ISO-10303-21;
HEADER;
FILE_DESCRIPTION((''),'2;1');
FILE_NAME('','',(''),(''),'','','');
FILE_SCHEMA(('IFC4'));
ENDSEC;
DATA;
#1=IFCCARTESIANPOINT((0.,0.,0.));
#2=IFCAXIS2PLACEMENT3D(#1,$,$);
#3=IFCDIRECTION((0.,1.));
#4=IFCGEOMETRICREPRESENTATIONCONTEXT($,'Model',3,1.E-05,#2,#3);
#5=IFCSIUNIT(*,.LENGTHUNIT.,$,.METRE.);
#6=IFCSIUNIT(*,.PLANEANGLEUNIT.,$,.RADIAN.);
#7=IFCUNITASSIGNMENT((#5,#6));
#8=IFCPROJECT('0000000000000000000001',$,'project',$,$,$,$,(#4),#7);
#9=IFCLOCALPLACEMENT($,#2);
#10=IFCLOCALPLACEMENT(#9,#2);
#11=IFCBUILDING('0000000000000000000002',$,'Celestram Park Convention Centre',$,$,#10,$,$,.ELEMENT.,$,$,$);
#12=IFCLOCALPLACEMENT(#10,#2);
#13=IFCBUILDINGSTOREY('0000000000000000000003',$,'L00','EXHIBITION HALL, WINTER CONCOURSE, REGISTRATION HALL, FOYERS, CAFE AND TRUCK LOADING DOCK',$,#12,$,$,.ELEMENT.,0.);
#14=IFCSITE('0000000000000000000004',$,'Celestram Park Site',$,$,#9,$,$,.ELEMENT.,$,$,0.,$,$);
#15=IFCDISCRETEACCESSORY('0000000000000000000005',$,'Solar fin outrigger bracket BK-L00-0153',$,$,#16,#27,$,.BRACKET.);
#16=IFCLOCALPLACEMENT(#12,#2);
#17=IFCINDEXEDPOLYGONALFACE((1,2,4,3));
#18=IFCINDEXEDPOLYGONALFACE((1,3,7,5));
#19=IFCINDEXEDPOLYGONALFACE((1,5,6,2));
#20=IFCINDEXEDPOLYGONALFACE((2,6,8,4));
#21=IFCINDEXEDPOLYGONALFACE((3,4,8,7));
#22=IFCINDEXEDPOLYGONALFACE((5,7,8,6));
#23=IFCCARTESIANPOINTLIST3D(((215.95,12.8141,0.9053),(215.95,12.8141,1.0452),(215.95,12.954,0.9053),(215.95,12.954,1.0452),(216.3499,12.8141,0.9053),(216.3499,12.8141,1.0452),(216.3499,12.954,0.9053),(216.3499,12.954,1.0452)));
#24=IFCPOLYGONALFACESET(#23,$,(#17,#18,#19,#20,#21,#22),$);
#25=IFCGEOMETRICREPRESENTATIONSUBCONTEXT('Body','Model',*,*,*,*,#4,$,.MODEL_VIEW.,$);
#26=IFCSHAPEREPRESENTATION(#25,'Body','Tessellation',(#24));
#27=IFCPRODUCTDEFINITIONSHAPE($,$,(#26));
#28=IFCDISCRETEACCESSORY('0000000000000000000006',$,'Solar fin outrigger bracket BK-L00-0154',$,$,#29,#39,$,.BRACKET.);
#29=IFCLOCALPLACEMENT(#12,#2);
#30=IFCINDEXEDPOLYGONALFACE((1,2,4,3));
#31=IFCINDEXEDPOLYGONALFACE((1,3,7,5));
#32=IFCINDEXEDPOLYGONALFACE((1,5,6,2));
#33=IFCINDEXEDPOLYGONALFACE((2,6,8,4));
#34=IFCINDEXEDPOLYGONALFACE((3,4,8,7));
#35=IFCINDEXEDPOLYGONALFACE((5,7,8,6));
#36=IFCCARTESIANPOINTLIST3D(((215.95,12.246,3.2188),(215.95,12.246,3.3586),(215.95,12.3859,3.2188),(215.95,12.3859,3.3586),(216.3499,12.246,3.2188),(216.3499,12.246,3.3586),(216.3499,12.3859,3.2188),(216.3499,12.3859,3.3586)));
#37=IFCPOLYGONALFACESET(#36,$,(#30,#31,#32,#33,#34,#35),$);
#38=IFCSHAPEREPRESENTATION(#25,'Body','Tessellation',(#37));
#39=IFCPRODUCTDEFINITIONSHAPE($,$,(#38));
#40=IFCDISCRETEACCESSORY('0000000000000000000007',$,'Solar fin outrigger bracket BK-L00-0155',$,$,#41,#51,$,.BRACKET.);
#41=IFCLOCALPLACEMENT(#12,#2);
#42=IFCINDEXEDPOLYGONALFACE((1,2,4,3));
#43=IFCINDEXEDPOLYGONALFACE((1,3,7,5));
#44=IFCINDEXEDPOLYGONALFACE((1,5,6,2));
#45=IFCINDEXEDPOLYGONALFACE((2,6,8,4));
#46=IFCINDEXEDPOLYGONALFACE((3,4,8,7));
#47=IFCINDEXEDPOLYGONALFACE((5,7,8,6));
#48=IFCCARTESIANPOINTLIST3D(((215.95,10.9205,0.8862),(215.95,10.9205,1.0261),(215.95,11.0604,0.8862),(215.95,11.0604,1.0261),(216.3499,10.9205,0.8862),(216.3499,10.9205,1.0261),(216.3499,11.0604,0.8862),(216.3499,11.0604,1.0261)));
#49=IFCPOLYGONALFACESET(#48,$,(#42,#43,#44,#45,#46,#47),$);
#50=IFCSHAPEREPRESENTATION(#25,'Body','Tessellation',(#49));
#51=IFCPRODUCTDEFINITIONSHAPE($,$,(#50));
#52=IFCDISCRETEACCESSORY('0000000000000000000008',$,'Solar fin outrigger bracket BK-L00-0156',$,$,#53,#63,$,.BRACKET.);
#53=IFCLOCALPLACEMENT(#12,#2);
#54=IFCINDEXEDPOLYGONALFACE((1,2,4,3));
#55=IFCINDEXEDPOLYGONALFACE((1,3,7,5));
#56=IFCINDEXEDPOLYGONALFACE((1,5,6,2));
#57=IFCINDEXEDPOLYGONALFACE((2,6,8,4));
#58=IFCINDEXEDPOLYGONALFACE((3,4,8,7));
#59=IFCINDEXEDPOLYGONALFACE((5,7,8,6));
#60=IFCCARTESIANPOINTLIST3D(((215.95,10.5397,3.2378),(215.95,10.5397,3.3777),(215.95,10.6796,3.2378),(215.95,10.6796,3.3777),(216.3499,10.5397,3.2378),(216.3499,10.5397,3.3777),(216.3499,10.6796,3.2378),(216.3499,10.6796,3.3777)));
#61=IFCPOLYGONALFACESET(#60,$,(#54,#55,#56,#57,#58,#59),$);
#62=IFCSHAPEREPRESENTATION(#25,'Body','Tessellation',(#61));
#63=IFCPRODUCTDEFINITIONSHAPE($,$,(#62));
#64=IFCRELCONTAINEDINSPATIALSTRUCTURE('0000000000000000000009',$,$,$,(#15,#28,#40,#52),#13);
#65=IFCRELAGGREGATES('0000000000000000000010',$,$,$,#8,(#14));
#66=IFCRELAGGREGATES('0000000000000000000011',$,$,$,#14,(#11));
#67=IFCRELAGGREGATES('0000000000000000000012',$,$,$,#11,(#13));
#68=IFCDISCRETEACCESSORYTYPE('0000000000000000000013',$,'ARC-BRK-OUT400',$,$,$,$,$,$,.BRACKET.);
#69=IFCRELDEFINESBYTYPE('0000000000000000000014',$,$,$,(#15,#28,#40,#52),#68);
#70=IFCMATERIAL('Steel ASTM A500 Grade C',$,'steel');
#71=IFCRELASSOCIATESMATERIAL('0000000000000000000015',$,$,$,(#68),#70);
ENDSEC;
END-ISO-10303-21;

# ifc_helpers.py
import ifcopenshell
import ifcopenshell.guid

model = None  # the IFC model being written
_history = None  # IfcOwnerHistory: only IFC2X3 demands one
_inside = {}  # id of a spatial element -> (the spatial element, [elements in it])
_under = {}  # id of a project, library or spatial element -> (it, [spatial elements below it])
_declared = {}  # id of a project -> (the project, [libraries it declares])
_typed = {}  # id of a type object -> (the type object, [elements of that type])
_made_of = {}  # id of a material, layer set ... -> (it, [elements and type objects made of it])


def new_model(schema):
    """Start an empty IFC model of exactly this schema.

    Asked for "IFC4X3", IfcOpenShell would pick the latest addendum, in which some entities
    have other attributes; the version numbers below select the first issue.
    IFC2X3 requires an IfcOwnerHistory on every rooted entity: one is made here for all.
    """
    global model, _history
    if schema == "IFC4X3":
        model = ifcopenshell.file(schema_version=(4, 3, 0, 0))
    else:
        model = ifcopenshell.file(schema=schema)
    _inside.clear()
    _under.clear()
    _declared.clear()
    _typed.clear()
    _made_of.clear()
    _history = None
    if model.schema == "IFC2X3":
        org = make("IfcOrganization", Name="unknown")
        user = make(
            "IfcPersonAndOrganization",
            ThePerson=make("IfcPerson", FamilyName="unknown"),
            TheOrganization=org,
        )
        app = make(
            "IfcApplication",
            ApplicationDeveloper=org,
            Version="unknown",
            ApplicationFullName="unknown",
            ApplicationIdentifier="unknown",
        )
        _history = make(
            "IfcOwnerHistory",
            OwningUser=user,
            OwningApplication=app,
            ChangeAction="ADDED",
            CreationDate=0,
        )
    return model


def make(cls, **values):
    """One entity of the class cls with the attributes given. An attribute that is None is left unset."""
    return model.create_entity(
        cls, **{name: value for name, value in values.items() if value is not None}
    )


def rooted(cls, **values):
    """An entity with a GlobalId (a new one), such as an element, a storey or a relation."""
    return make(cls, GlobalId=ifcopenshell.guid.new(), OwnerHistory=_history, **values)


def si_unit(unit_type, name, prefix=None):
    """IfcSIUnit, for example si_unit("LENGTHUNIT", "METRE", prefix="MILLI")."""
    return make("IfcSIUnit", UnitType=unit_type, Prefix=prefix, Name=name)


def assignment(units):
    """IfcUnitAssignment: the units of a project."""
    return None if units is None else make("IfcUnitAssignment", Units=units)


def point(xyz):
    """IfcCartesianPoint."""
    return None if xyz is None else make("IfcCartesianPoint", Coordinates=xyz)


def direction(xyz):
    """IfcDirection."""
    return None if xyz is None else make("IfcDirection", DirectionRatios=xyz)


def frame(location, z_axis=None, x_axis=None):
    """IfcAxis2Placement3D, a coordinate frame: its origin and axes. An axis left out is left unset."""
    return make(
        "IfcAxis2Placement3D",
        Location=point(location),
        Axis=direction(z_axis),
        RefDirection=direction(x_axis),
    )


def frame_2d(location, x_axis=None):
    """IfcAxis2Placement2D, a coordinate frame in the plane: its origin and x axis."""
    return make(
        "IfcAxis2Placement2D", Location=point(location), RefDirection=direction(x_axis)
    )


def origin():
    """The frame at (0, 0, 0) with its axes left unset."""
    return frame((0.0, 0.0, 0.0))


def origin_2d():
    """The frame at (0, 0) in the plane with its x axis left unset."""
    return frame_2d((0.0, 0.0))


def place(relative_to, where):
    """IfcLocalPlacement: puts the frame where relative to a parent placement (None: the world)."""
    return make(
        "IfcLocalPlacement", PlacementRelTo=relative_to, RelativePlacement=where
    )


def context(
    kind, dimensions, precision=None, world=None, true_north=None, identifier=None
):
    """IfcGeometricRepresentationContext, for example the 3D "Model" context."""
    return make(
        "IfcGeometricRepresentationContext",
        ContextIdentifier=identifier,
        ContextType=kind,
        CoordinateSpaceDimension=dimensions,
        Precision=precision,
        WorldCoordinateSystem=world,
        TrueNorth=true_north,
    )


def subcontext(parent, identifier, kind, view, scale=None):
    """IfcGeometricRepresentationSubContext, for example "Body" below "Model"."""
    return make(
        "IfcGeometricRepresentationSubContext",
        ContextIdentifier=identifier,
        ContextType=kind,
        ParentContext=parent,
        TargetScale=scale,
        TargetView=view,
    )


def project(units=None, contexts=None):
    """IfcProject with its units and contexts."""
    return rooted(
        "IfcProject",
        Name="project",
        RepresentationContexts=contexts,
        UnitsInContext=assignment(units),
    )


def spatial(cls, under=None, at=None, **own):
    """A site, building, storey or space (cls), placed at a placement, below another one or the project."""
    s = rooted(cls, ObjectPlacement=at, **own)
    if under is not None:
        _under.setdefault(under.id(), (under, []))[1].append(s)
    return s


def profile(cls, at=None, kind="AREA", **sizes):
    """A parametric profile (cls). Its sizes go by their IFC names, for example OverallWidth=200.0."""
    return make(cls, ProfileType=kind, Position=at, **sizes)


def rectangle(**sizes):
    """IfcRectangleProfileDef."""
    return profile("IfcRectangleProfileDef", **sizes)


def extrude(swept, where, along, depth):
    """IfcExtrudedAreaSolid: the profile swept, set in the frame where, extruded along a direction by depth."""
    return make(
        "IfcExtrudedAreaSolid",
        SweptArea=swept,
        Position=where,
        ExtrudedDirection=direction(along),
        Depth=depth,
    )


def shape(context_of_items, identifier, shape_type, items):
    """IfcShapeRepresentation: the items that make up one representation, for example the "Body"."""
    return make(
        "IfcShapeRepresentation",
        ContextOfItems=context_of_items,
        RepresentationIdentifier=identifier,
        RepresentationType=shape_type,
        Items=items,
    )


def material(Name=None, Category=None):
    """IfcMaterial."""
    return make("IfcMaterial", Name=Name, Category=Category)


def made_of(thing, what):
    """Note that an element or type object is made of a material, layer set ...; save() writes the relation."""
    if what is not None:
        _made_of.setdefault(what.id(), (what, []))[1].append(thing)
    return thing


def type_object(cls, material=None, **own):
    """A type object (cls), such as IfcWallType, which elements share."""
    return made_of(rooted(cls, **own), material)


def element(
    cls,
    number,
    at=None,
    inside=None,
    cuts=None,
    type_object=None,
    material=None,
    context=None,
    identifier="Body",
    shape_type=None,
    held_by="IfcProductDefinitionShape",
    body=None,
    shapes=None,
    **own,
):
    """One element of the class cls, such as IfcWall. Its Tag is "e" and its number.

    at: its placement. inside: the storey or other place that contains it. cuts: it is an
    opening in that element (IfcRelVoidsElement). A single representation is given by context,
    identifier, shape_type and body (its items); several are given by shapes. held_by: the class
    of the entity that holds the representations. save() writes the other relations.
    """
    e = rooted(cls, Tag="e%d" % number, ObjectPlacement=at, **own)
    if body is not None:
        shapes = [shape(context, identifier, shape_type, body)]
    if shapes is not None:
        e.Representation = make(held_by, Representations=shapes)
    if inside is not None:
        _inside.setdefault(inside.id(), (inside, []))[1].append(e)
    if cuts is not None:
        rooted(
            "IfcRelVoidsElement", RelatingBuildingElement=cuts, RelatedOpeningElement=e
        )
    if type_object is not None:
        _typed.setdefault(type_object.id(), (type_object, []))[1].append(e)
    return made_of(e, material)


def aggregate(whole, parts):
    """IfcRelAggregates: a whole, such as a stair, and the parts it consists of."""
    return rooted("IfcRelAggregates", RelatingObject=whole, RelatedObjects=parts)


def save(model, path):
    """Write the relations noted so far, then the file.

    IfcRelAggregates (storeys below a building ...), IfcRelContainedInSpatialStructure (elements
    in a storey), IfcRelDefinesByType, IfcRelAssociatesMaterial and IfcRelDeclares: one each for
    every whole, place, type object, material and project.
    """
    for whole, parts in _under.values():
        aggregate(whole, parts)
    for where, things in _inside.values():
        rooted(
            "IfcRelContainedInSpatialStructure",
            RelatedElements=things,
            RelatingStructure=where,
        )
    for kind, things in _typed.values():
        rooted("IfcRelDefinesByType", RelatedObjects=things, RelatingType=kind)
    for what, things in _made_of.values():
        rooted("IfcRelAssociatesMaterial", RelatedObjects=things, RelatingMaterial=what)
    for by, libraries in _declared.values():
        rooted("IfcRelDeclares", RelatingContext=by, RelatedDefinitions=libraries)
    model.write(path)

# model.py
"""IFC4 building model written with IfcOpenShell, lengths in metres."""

from ifc_helpers import new_model, si_unit, direction, frame, origin, origin_2d, place, context, subcontext, project, spatial, rectangle, extrude, material, type_object, element, save


model = new_model("IFC4")

# Units and contexts
model_context = context("Model", 3, precision=1e-05, world=origin(), true_north=direction((0.0, 1.0)))
body_context = subcontext(model_context, "Body", "Model", "MODEL_VIEW")
ifc_project = project(units=[si_unit("LENGTHUNIT", "METRE"), si_unit("PLANEANGLEUNIT", "RADIAN")], contexts=[model_context])

# Site, building, storey
site_placement = place(None, origin())
site = spatial("IfcSite", under=ifc_project, at=site_placement, Name="Celestram Park Site", CompositionType="ELEMENT", RefElevation=0.0)
building_placement = place(site_placement, origin())
building = spatial("IfcBuilding", under=site, at=building_placement, Name="Celestram Park Convention Centre", CompositionType="ELEMENT")
storey_placement = place(building_placement, origin())
storey = spatial("IfcBuildingStorey", under=building, at=storey_placement, Name="L00", Description="EXHIBITION HALL, WINTER CONCOURSE, REGISTRATION HALL, FOYERS, CAFE AND TRUCK LOADING DOCK", CompositionType="ELEMENT", Elevation=0.0)

# Shared definitions
ifc_material_1 = material(Name="Steel ASTM A500 Grade C", Category="steel")

# Discrete accessories
discrete_accessory_type = type_object("IfcDiscreteAccessoryType", Name="ARC-BRK-OUT400", PredefinedType="BRACKET", material=ifc_material_1)
for number, where, z_axis, x_axis, name in (
    (1, (216.1499, 12.884, 0.9053), (0.0, 0.0, 1.0), (1.0, 0.0, 0.0), "Solar fin outrigger bracket BK-L00-0153"),
    (2, (216.1499, 12.3159, 3.2188), (0.0, 0.0, 1.0), (1.0, 0.0, 0.0), "Solar fin outrigger bracket BK-L00-0154"),
    (3, (216.1499, 10.9905, 0.8862), (0.0, 0.0, 1.0), (1.0, 0.0, 0.0), "Solar fin outrigger bracket BK-L00-0155"),
    (4, (216.1499, 10.6096, 3.2378), (0.0, 0.0, 1.0), (1.0, 0.0, 0.0), "Solar fin outrigger bracket BK-L00-0156"),
):
    element("IfcDiscreteAccessory", number, at=place(storey_placement, frame(where, z_axis=z_axis, x_axis=x_axis)), inside=storey, type_object=discrete_accessory_type, Name=name, PredefinedType="BRACKET", context=body_context, shape_type="SweptSolid", body=[
        extrude(rectangle(XDim=0.3999, YDim=0.1399, at=origin_2d()), origin(), (0.0, 0.0, 1.0), 0.1399),
    ])

save(model, "model.ifc")
